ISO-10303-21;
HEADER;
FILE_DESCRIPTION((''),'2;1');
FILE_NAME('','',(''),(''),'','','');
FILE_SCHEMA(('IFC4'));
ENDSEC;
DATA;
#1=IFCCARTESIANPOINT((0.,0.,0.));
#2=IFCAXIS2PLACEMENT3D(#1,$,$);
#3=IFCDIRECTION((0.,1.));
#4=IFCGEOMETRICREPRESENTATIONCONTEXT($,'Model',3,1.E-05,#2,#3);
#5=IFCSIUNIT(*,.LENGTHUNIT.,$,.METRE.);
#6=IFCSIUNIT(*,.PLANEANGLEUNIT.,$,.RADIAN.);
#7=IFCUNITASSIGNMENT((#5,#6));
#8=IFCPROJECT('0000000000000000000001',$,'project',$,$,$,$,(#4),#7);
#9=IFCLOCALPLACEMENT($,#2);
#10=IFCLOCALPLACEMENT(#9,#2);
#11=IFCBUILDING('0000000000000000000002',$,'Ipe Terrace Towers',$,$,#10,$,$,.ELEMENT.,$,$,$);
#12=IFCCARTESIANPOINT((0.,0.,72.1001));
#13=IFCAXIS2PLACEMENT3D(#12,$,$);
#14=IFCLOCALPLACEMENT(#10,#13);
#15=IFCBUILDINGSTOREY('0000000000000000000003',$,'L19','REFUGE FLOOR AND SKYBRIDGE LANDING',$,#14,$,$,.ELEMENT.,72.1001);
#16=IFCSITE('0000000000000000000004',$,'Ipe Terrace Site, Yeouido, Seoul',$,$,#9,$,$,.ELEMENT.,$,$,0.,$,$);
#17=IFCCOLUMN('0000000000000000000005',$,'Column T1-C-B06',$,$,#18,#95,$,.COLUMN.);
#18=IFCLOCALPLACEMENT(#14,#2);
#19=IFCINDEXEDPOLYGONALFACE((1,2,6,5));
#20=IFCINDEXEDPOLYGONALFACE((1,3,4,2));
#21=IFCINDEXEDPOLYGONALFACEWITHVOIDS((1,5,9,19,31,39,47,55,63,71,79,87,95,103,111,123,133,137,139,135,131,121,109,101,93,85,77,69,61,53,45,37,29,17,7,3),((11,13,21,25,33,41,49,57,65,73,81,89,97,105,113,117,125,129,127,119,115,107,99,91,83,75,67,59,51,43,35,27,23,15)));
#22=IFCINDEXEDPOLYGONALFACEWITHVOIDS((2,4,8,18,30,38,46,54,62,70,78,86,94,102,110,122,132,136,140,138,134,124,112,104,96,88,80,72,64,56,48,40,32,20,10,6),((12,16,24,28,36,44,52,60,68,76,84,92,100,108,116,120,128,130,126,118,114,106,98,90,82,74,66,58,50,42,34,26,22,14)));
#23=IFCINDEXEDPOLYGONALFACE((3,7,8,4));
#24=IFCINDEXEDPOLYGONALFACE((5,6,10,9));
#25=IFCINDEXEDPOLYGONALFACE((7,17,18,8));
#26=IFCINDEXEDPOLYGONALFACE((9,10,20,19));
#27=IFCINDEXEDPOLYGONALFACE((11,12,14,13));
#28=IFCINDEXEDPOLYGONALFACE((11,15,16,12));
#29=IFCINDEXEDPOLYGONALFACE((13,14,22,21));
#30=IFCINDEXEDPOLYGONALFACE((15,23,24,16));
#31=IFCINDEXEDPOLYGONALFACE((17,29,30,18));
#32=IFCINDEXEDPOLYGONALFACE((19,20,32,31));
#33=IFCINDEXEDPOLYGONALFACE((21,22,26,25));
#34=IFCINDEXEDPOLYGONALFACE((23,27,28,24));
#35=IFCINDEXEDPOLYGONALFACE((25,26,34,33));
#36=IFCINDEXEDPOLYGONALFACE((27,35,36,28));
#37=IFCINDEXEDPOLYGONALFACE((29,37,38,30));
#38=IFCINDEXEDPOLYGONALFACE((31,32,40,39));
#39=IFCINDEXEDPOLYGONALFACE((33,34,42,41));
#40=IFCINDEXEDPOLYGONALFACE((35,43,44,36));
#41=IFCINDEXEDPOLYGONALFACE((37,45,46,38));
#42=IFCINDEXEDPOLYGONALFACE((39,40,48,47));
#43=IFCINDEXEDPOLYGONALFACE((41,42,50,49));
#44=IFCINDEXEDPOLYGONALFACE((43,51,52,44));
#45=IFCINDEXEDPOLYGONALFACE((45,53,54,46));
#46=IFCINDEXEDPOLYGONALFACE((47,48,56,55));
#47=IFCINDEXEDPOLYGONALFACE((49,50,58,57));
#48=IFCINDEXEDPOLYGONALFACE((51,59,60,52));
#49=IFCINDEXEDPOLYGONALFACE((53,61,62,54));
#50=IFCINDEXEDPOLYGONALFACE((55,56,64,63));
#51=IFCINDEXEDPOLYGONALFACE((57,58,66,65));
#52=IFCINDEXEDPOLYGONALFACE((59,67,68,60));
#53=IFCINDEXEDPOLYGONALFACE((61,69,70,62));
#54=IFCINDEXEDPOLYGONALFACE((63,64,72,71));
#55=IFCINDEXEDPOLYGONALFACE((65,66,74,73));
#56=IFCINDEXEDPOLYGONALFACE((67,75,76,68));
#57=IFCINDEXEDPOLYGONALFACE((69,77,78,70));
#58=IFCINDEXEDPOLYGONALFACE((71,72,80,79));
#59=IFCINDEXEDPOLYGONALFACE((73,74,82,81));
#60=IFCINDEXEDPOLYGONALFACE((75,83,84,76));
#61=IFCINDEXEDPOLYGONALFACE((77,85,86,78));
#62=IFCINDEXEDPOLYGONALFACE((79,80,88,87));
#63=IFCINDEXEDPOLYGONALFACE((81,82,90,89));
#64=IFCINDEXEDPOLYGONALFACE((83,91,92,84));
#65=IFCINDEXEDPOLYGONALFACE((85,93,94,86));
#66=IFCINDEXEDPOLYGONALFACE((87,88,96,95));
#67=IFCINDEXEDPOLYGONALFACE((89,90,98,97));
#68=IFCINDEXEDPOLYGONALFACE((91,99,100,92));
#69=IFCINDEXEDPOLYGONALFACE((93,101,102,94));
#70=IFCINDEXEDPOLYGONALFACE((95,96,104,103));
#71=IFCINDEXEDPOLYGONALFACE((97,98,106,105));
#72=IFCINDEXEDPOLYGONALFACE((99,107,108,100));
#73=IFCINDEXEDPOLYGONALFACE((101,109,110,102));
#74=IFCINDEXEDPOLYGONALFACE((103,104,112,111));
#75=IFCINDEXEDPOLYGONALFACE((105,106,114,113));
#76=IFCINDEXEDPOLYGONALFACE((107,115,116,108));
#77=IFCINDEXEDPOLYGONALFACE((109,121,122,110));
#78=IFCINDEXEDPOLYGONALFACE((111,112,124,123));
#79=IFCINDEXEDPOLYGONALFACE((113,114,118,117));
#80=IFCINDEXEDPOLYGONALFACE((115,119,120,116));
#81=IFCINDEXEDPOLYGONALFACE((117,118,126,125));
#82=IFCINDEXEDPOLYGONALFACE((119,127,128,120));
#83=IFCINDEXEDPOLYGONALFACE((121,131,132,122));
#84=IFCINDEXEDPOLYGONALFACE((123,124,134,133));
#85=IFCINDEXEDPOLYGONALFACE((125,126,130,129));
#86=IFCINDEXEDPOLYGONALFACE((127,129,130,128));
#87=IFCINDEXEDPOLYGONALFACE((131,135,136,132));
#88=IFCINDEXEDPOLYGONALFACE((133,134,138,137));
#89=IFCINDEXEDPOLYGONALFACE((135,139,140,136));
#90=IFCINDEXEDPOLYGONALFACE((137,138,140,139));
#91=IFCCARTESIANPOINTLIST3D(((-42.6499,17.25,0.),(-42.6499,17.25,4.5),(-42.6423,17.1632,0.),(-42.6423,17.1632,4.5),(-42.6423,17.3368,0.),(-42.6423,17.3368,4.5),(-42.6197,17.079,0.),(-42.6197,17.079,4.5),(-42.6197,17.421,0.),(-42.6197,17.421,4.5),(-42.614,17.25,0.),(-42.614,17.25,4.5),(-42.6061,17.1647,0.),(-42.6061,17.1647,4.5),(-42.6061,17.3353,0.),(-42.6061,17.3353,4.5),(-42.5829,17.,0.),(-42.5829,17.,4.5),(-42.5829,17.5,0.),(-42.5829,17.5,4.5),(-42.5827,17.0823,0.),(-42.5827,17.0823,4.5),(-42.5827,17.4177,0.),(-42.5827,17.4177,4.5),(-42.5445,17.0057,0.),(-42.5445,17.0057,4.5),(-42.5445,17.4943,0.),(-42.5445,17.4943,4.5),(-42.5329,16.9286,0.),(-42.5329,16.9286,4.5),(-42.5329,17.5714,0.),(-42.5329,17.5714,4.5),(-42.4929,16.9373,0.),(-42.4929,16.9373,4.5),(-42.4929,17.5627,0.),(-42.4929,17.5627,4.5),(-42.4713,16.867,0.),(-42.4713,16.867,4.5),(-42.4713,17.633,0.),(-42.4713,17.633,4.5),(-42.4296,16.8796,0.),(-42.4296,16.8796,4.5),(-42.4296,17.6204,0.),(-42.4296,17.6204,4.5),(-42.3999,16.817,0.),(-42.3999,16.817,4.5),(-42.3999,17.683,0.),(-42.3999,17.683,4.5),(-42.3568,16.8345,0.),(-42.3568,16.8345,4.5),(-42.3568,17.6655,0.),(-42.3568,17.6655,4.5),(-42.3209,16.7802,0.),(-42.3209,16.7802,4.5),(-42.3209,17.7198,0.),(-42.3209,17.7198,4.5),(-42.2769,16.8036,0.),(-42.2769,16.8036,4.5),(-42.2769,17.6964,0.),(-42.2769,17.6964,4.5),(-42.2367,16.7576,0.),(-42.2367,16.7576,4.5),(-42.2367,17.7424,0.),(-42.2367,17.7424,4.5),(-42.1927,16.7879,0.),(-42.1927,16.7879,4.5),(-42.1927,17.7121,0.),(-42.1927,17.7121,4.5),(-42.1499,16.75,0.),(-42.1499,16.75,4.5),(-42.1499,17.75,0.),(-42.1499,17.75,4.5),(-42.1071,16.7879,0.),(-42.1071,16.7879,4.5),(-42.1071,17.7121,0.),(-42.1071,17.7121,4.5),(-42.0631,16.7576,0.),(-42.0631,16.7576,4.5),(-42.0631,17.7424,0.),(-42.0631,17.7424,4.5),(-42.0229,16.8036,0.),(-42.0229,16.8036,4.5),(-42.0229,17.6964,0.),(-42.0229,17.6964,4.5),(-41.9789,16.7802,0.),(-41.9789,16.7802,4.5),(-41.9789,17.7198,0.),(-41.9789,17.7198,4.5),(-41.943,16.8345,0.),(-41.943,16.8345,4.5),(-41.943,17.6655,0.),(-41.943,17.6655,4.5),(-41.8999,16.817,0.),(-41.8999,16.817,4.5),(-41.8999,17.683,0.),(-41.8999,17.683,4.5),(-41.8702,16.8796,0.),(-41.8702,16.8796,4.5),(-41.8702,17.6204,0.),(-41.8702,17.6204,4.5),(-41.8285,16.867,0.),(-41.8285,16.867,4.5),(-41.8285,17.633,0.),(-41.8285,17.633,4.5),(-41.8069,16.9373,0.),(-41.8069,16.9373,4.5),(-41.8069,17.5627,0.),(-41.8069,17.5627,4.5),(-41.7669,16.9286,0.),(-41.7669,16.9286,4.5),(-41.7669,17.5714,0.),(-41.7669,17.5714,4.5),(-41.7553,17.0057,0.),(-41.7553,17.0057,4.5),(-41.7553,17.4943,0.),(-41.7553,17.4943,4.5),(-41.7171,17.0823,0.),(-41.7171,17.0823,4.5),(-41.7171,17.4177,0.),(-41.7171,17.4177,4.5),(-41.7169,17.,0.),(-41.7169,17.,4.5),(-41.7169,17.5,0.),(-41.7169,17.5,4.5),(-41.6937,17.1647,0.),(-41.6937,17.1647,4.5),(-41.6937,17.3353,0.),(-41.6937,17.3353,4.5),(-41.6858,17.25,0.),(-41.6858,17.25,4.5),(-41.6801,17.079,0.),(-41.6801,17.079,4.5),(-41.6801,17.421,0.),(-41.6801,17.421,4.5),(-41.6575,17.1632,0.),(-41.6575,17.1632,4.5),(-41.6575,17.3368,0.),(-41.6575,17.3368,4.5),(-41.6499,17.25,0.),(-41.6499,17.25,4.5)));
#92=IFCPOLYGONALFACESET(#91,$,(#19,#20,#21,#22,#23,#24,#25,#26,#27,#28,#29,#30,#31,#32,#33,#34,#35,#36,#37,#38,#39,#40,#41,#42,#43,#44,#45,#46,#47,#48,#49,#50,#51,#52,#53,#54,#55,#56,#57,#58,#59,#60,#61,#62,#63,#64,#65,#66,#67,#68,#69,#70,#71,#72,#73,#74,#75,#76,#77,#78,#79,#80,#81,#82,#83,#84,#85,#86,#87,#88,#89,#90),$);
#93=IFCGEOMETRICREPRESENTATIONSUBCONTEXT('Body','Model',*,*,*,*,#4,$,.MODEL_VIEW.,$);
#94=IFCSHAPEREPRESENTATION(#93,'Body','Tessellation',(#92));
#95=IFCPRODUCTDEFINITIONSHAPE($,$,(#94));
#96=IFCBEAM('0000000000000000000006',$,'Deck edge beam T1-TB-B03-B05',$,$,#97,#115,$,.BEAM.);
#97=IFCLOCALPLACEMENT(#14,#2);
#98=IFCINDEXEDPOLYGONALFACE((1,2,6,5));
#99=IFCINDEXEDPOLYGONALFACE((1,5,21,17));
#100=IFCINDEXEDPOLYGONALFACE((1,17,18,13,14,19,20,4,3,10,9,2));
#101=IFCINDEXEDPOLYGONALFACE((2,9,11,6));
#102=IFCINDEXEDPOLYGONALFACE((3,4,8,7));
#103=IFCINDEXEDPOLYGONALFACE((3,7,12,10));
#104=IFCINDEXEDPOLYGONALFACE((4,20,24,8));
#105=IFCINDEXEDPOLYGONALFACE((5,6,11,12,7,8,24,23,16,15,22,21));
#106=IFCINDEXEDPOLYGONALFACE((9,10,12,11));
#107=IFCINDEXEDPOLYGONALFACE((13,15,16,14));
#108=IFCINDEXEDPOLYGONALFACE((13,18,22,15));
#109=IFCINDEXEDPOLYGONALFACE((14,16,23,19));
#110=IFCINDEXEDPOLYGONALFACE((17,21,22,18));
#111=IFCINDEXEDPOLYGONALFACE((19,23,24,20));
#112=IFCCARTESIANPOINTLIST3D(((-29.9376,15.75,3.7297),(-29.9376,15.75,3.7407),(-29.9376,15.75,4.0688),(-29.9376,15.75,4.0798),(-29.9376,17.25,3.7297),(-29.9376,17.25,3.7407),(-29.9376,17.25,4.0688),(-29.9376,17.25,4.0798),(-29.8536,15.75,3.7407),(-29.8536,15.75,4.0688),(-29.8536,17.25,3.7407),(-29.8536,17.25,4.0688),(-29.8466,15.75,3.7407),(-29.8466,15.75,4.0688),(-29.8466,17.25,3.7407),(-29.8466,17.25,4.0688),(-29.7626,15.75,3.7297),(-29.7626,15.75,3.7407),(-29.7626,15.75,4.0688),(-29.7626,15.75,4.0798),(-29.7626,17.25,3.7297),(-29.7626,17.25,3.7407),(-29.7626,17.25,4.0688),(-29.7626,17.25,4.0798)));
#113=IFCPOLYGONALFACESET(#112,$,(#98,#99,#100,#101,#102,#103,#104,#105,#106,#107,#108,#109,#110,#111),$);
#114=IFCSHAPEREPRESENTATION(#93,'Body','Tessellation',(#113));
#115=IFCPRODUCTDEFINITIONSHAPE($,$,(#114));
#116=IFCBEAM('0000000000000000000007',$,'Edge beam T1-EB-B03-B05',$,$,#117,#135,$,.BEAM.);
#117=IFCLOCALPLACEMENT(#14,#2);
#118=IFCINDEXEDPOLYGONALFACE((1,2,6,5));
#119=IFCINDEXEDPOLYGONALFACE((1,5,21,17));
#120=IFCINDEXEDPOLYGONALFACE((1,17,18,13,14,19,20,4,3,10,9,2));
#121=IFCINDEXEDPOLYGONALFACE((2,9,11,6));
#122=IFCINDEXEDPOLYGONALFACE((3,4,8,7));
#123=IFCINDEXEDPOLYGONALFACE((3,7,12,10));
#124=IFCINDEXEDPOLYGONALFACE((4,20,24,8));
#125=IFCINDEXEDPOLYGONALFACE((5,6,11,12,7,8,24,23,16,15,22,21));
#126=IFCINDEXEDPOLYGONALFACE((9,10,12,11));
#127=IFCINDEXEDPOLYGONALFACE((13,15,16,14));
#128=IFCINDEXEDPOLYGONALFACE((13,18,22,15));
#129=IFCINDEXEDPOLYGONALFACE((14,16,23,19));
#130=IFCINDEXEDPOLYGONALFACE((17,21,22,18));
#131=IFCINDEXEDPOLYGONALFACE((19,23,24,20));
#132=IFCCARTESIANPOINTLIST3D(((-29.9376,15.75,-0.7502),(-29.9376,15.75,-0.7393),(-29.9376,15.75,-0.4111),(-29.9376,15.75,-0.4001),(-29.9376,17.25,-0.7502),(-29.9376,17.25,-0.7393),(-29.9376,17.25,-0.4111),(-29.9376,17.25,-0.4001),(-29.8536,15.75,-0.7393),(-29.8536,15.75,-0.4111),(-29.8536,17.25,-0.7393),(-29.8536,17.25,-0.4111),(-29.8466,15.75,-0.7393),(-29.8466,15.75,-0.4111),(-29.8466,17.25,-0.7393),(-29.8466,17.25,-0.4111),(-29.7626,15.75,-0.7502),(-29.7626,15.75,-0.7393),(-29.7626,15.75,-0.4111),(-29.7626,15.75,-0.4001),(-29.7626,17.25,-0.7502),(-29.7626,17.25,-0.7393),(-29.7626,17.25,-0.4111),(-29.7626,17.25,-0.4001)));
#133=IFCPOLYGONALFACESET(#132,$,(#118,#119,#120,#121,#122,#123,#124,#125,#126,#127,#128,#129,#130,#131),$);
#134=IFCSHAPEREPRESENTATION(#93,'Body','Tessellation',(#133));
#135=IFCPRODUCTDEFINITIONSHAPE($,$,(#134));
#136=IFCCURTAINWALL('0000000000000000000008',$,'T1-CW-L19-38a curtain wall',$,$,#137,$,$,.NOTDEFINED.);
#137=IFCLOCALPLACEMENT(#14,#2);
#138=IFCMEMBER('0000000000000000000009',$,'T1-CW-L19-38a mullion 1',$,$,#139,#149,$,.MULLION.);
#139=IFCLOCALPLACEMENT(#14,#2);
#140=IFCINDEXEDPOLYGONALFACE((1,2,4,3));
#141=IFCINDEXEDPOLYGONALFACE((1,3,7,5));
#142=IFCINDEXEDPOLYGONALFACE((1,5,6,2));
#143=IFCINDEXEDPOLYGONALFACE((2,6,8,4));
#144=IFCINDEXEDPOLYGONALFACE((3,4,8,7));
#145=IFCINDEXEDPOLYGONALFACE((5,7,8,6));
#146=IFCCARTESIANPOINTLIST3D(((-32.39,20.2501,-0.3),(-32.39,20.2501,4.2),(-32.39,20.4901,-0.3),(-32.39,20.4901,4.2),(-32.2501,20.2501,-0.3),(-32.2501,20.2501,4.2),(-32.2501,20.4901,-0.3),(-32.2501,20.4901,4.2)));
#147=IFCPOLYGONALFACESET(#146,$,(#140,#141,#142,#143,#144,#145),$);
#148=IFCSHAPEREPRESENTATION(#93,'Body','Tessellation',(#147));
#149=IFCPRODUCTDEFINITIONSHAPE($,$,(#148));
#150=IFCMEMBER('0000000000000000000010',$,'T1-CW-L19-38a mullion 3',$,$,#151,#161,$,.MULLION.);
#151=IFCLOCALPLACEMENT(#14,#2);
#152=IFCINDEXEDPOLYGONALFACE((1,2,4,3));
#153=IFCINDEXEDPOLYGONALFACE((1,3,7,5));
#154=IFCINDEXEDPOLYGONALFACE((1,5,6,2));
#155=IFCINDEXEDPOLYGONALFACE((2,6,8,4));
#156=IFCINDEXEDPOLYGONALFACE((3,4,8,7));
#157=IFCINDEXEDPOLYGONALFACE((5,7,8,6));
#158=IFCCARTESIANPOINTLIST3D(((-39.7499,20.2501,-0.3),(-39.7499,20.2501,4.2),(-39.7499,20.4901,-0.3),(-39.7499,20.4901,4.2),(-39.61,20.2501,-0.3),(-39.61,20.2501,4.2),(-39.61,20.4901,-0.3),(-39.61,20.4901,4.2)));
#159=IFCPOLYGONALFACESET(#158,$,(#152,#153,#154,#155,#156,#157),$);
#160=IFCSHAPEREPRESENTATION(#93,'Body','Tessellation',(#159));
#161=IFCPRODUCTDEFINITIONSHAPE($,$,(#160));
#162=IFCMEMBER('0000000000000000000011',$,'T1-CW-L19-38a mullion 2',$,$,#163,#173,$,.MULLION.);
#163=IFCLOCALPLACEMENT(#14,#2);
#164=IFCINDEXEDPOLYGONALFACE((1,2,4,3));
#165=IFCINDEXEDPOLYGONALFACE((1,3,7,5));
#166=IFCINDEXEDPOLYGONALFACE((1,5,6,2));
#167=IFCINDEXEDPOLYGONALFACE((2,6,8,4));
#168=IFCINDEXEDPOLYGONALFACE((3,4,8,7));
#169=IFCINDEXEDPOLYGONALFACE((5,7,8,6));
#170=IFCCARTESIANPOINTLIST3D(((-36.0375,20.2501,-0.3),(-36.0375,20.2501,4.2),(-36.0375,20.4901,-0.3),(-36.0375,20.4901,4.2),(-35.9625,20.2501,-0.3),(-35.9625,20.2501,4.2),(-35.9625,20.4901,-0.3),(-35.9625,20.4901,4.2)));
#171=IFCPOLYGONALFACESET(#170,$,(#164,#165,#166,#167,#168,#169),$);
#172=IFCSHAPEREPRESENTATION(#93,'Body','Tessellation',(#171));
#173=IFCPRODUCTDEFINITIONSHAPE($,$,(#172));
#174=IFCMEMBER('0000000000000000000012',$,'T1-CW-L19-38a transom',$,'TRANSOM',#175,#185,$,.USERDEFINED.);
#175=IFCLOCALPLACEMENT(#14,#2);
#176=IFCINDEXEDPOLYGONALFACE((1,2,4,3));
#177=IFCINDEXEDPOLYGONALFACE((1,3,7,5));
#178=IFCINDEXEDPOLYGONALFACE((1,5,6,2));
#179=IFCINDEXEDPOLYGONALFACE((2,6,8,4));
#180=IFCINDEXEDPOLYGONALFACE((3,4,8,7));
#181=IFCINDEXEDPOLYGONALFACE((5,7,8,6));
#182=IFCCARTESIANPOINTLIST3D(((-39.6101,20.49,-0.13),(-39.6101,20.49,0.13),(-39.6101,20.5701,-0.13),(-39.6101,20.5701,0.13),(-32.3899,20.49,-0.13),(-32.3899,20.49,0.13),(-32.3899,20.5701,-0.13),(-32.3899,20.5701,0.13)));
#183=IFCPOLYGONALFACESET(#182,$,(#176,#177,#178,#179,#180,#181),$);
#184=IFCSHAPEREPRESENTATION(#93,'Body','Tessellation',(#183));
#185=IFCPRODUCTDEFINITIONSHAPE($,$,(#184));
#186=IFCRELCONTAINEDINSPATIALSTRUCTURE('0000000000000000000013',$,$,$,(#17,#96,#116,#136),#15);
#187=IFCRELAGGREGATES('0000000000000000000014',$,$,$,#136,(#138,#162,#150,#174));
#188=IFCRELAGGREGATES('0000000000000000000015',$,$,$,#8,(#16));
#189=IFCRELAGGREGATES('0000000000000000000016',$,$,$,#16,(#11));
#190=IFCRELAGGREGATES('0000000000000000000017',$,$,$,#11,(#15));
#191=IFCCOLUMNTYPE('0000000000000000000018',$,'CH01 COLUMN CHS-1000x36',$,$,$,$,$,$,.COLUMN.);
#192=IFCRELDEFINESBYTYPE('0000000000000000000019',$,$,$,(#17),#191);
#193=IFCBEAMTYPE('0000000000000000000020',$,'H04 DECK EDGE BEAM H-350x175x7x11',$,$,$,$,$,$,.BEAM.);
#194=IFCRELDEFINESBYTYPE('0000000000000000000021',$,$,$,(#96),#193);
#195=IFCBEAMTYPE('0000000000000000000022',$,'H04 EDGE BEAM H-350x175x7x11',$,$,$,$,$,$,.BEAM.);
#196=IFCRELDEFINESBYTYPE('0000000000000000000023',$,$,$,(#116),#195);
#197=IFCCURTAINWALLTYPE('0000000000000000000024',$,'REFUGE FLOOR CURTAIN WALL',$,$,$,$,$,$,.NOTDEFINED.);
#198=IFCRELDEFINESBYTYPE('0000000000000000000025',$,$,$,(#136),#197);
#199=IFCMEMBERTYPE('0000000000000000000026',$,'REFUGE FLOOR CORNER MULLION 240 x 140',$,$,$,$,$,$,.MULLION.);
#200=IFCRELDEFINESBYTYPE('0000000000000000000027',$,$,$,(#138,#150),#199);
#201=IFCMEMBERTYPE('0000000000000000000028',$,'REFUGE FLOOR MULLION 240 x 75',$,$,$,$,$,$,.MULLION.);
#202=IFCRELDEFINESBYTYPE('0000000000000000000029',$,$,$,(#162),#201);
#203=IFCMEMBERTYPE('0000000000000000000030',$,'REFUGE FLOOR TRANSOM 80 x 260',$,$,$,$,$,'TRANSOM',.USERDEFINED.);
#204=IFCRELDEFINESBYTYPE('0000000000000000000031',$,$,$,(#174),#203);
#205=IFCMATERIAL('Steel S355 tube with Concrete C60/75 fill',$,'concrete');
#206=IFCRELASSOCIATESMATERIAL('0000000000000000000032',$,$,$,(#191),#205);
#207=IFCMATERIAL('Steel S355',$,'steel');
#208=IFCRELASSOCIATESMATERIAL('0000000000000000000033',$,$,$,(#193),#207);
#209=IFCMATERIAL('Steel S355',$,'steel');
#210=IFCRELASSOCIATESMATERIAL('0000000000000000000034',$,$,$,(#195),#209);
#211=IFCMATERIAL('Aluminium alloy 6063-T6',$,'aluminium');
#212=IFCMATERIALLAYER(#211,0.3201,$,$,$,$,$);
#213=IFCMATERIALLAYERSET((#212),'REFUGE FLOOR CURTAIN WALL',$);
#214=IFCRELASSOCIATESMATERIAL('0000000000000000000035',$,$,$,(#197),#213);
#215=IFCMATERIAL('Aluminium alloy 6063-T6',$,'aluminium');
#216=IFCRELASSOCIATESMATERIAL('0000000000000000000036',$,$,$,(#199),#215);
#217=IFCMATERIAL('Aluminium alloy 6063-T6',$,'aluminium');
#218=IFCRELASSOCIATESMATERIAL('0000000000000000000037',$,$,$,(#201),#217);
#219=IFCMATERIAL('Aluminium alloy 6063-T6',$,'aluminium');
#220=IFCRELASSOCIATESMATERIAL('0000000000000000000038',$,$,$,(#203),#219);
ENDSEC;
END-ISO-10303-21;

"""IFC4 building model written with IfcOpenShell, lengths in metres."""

from ifc_helpers import new_model, si_unit, direction, frame, origin, origin_2d, place, context, subcontext, project, spatial, rectangle, hollow_circle, i_section, extrude, material, layer, layer_set, material_profile, profile_set, type_object, element, aggregate, save


model = new_model("IFC4")

# Units and contexts
model_context = context("Model", 3, precision=1e-05, world=origin(), true_north=direction((0.0, 1.0)))
body_context = subcontext(model_context, "Body", "Model", "MODEL_VIEW")
ifc_project = project(units=[si_unit("LENGTHUNIT", "METRE"), si_unit("PLANEANGLEUNIT", "RADIAN")], contexts=[model_context])

# Site, building, storey
site_placement = place(None, origin())
site = spatial("IfcSite", under=ifc_project, at=site_placement, Name="Ipe Terrace Site, Yeouido, Seoul", CompositionType="ELEMENT", RefElevation=0.0)
building_placement = place(site_placement, origin())
building = spatial("IfcBuilding", under=site, at=building_placement, Name="Ipe Terrace Towers", CompositionType="ELEMENT")
storey_placement = place(building_placement, frame((0.0, 0.0, 72.1001)))
storey = spatial("IfcBuildingStorey", under=building, at=storey_placement, Name="L19", Description="REFUGE FLOOR AND SKYBRIDGE LANDING", CompositionType="ELEMENT", Elevation=72.1001)

# Column
ifc_material_1 = material(Name="Steel S355 tube with Concrete C60/75 fill", Category="concrete")
ifc_material_profile_1 = material_profile(ifc_material_1, hollow_circle(Radius=0.5, WallThickness=0.0359, at=origin_2d()), Name="CHS-1000x36")
ifc_profile_set_1 = profile_set([ifc_material_profile_1], Name="Steel S355 tube with Concrete C60/75 fill")
column_type = type_object("IfcColumnType", Name="CH01 COLUMN CHS-1000x36", PredefinedType="COLUMN", material=ifc_profile_set_1)
for number, where, z_axis, x_axis, name in (
    (1, (-42.1499, 17.25, 0.0), (0.0, 0.0, 1.0), (1.0, 0.0, 0.0), "Column T1-C-B06"),
):
    element("IfcColumn", number, at=place(storey_placement, frame(where, z_axis=z_axis, x_axis=x_axis)), inside=storey, type_object=column_type, Name=name, PredefinedType="COLUMN", context=body_context, shape_type="SweptSolid", body=[
        extrude(hollow_circle(Radius=0.5, WallThickness=0.0359, at=origin_2d()), origin(), (0.0, 0.0, 1.0), 4.5),
    ])

# Beams
ifc_material_2 = material(Name="Steel S355", Category="steel")
ifc_material_profile_2 = material_profile(ifc_material_2, i_section(OverallWidth=0.175, OverallDepth=0.3501, WebThickness=0.0071, FlangeThickness=0.011, at=origin_2d()), Name="H-350x175x7x11")
ifc_profile_set_2 = profile_set([ifc_material_profile_2], Name="Steel S355")
beam_type_1 = type_object("IfcBeamType", Name="H04 DECK EDGE BEAM H-350x175x7x11", PredefinedType="BEAM", material=ifc_profile_set_2)
beam_1_placement = place(storey_placement, frame((-29.8501, 15.75, 3.9048), z_axis=(0.0, 1.0, 0.0), x_axis=(-1.0, 0.0, 0.0)))
element("IfcBeam", 2, at=beam_1_placement, inside=storey, type_object=beam_type_1, Name="Deck edge beam T1-TB-B03-B05", PredefinedType="BEAM", context=body_context, shape_type="SweptSolid", body=[
    extrude(i_section(OverallWidth=0.175, OverallDepth=0.3501, WebThickness=0.0071, FlangeThickness=0.011, at=origin_2d()), origin(), (0.0, 0.0, 1.0), 1.5),
])
ifc_material_3 = material(Name="Steel S355", Category="steel")
ifc_material_profile_3 = material_profile(ifc_material_3, i_section(OverallWidth=0.175, OverallDepth=0.3501, WebThickness=0.0071, FlangeThickness=0.011, at=origin_2d()), Name="H-350x175x7x11")
ifc_profile_set_3 = profile_set([ifc_material_profile_3], Name="Steel S355")
beam_type_2 = type_object("IfcBeamType", Name="H04 EDGE BEAM H-350x175x7x11", PredefinedType="BEAM", material=ifc_profile_set_3)
beam_2_placement = place(storey_placement, frame((-29.8501, 15.75, -0.5752), z_axis=(0.0, 1.0, 0.0), x_axis=(-1.0, 0.0, 0.0)))
element("IfcBeam", 3, at=beam_2_placement, inside=storey, type_object=beam_type_2, Name="Edge beam T1-EB-B03-B05", PredefinedType="BEAM", context=body_context, shape_type="SweptSolid", body=[
    extrude(i_section(OverallWidth=0.175, OverallDepth=0.3501, WebThickness=0.0071, FlangeThickness=0.011, at=origin_2d()), origin(), (0.0, 0.0, 1.0), 1.5),
])

# Curtain wall, members
ifc_material_4 = material(Name="Aluminium alloy 6063-T6", Category="aluminium")
ifc_layer_1 = layer(ifc_material_4, 0.3201)
ifc_layer_set_1 = layer_set([ifc_layer_1], Name="REFUGE FLOOR CURTAIN WALL")
curtain_wall_type = type_object("IfcCurtainWallType", Name="REFUGE FLOOR CURTAIN WALL", PredefinedType="NOTDEFINED", material=ifc_layer_set_1)
curtain_wall_placement = place(storey_placement, origin())
curtain_wall = element("IfcCurtainWall", 4, at=curtain_wall_placement, inside=storey, type_object=curtain_wall_type, Name="T1-CW-L19-38a curtain wall", PredefinedType="NOTDEFINED")
ifc_material_5 = material(Name="Aluminium alloy 6063-T6", Category="aluminium")
ifc_material_profile_4 = material_profile(ifc_material_5, rectangle(XDim=0.24, YDim=0.1399, at=origin_2d()), Name="REFUGE FLOOR CORNER MULLION 240 x 140")
ifc_profile_set_4 = profile_set([ifc_material_profile_4], Name="Aluminium alloy 6063-T6")
member_type_1 = type_object("IfcMemberType", Name="REFUGE FLOOR CORNER MULLION 240 x 140", PredefinedType="MULLION", material=ifc_profile_set_4)
member_1_placement = place(storey_placement, frame((-32.3201, 20.3701, -0.3), z_axis=(0.0, 0.0, 1.0), x_axis=(0.0, 1.0, 0.0)))
member_1 = element("IfcMember", 5, at=member_1_placement, type_object=member_type_1, Name="T1-CW-L19-38a mullion 1", PredefinedType="MULLION", context=body_context, shape_type="SweptSolid", body=[
    extrude(rectangle(XDim=0.24, YDim=0.1399, at=origin_2d()), origin(), (0.0, 0.0, 1.0), 4.5),
])
member_2_placement = place(storey_placement, frame((-39.6799, 20.3701, -0.3), z_axis=(0.0, 0.0, 1.0), x_axis=(0.0, 1.0, 0.0)))
member_2 = element("IfcMember", 6, at=member_2_placement, type_object=member_type_1, Name="T1-CW-L19-38a mullion 3", PredefinedType="MULLION", context=body_context, shape_type="SweptSolid", body=[
    extrude(rectangle(XDim=0.24, YDim=0.1399, at=origin_2d()), origin(), (0.0, 0.0, 1.0), 4.5),
])
ifc_material_6 = material(Name="Aluminium alloy 6063-T6", Category="aluminium")
ifc_material_profile_5 = material_profile(ifc_material_6, rectangle(XDim=0.24, YDim=0.075, at=origin_2d()), Name="REFUGE FLOOR MULLION 240 x 75")
ifc_profile_set_5 = profile_set([ifc_material_profile_5], Name="Aluminium alloy 6063-T6")
member_type_2 = type_object("IfcMemberType", Name="REFUGE FLOOR MULLION 240 x 75", PredefinedType="MULLION", material=ifc_profile_set_5)
member_3_placement = place(storey_placement, frame((-36.0, 20.3701, -0.3), z_axis=(0.0, 0.0, 1.0), x_axis=(0.0, 1.0, 0.0)))
member_3 = element("IfcMember", 7, at=member_3_placement, type_object=member_type_2, Name="T1-CW-L19-38a mullion 2", PredefinedType="MULLION", context=body_context, shape_type="SweptSolid", body=[
    extrude(rectangle(XDim=0.24, YDim=0.075, at=origin_2d()), origin(), (0.0, 0.0, 1.0), 4.5),
])
ifc_material_7 = material(Name="Aluminium alloy 6063-T6", Category="aluminium")
ifc_material_profile_6 = material_profile(ifc_material_7, rectangle(XDim=0.0801, YDim=0.26, at=origin_2d()), Name="REFUGE FLOOR TRANSOM 80 x 260")
ifc_profile_set_6 = profile_set([ifc_material_profile_6], Name="Aluminium alloy 6063-T6")
member_type_3 = type_object("IfcMemberType", Name="REFUGE FLOOR TRANSOM 80 x 260", ElementType="TRANSOM", PredefinedType="USERDEFINED", material=ifc_profile_set_6)
member_4_placement = place(storey_placement, frame((-32.3899, 20.53, 0.0), z_axis=(-1.0, 0.0, 0.0), x_axis=(0.0, 1.0, 0.0)))
member_4 = element("IfcMember", 8, at=member_4_placement, type_object=member_type_3, Name="T1-CW-L19-38a transom", ObjectType="TRANSOM", PredefinedType="USERDEFINED", context=body_context, shape_type="SweptSolid", body=[
    extrude(rectangle(XDim=0.0801, YDim=0.26, at=origin_2d()), origin(), (0.0, 0.0, 1.0), 7.2202),
])
aggregate(curtain_wall, [member_1, member_3, member_2, member_4])

save(model, "model.ifc")
